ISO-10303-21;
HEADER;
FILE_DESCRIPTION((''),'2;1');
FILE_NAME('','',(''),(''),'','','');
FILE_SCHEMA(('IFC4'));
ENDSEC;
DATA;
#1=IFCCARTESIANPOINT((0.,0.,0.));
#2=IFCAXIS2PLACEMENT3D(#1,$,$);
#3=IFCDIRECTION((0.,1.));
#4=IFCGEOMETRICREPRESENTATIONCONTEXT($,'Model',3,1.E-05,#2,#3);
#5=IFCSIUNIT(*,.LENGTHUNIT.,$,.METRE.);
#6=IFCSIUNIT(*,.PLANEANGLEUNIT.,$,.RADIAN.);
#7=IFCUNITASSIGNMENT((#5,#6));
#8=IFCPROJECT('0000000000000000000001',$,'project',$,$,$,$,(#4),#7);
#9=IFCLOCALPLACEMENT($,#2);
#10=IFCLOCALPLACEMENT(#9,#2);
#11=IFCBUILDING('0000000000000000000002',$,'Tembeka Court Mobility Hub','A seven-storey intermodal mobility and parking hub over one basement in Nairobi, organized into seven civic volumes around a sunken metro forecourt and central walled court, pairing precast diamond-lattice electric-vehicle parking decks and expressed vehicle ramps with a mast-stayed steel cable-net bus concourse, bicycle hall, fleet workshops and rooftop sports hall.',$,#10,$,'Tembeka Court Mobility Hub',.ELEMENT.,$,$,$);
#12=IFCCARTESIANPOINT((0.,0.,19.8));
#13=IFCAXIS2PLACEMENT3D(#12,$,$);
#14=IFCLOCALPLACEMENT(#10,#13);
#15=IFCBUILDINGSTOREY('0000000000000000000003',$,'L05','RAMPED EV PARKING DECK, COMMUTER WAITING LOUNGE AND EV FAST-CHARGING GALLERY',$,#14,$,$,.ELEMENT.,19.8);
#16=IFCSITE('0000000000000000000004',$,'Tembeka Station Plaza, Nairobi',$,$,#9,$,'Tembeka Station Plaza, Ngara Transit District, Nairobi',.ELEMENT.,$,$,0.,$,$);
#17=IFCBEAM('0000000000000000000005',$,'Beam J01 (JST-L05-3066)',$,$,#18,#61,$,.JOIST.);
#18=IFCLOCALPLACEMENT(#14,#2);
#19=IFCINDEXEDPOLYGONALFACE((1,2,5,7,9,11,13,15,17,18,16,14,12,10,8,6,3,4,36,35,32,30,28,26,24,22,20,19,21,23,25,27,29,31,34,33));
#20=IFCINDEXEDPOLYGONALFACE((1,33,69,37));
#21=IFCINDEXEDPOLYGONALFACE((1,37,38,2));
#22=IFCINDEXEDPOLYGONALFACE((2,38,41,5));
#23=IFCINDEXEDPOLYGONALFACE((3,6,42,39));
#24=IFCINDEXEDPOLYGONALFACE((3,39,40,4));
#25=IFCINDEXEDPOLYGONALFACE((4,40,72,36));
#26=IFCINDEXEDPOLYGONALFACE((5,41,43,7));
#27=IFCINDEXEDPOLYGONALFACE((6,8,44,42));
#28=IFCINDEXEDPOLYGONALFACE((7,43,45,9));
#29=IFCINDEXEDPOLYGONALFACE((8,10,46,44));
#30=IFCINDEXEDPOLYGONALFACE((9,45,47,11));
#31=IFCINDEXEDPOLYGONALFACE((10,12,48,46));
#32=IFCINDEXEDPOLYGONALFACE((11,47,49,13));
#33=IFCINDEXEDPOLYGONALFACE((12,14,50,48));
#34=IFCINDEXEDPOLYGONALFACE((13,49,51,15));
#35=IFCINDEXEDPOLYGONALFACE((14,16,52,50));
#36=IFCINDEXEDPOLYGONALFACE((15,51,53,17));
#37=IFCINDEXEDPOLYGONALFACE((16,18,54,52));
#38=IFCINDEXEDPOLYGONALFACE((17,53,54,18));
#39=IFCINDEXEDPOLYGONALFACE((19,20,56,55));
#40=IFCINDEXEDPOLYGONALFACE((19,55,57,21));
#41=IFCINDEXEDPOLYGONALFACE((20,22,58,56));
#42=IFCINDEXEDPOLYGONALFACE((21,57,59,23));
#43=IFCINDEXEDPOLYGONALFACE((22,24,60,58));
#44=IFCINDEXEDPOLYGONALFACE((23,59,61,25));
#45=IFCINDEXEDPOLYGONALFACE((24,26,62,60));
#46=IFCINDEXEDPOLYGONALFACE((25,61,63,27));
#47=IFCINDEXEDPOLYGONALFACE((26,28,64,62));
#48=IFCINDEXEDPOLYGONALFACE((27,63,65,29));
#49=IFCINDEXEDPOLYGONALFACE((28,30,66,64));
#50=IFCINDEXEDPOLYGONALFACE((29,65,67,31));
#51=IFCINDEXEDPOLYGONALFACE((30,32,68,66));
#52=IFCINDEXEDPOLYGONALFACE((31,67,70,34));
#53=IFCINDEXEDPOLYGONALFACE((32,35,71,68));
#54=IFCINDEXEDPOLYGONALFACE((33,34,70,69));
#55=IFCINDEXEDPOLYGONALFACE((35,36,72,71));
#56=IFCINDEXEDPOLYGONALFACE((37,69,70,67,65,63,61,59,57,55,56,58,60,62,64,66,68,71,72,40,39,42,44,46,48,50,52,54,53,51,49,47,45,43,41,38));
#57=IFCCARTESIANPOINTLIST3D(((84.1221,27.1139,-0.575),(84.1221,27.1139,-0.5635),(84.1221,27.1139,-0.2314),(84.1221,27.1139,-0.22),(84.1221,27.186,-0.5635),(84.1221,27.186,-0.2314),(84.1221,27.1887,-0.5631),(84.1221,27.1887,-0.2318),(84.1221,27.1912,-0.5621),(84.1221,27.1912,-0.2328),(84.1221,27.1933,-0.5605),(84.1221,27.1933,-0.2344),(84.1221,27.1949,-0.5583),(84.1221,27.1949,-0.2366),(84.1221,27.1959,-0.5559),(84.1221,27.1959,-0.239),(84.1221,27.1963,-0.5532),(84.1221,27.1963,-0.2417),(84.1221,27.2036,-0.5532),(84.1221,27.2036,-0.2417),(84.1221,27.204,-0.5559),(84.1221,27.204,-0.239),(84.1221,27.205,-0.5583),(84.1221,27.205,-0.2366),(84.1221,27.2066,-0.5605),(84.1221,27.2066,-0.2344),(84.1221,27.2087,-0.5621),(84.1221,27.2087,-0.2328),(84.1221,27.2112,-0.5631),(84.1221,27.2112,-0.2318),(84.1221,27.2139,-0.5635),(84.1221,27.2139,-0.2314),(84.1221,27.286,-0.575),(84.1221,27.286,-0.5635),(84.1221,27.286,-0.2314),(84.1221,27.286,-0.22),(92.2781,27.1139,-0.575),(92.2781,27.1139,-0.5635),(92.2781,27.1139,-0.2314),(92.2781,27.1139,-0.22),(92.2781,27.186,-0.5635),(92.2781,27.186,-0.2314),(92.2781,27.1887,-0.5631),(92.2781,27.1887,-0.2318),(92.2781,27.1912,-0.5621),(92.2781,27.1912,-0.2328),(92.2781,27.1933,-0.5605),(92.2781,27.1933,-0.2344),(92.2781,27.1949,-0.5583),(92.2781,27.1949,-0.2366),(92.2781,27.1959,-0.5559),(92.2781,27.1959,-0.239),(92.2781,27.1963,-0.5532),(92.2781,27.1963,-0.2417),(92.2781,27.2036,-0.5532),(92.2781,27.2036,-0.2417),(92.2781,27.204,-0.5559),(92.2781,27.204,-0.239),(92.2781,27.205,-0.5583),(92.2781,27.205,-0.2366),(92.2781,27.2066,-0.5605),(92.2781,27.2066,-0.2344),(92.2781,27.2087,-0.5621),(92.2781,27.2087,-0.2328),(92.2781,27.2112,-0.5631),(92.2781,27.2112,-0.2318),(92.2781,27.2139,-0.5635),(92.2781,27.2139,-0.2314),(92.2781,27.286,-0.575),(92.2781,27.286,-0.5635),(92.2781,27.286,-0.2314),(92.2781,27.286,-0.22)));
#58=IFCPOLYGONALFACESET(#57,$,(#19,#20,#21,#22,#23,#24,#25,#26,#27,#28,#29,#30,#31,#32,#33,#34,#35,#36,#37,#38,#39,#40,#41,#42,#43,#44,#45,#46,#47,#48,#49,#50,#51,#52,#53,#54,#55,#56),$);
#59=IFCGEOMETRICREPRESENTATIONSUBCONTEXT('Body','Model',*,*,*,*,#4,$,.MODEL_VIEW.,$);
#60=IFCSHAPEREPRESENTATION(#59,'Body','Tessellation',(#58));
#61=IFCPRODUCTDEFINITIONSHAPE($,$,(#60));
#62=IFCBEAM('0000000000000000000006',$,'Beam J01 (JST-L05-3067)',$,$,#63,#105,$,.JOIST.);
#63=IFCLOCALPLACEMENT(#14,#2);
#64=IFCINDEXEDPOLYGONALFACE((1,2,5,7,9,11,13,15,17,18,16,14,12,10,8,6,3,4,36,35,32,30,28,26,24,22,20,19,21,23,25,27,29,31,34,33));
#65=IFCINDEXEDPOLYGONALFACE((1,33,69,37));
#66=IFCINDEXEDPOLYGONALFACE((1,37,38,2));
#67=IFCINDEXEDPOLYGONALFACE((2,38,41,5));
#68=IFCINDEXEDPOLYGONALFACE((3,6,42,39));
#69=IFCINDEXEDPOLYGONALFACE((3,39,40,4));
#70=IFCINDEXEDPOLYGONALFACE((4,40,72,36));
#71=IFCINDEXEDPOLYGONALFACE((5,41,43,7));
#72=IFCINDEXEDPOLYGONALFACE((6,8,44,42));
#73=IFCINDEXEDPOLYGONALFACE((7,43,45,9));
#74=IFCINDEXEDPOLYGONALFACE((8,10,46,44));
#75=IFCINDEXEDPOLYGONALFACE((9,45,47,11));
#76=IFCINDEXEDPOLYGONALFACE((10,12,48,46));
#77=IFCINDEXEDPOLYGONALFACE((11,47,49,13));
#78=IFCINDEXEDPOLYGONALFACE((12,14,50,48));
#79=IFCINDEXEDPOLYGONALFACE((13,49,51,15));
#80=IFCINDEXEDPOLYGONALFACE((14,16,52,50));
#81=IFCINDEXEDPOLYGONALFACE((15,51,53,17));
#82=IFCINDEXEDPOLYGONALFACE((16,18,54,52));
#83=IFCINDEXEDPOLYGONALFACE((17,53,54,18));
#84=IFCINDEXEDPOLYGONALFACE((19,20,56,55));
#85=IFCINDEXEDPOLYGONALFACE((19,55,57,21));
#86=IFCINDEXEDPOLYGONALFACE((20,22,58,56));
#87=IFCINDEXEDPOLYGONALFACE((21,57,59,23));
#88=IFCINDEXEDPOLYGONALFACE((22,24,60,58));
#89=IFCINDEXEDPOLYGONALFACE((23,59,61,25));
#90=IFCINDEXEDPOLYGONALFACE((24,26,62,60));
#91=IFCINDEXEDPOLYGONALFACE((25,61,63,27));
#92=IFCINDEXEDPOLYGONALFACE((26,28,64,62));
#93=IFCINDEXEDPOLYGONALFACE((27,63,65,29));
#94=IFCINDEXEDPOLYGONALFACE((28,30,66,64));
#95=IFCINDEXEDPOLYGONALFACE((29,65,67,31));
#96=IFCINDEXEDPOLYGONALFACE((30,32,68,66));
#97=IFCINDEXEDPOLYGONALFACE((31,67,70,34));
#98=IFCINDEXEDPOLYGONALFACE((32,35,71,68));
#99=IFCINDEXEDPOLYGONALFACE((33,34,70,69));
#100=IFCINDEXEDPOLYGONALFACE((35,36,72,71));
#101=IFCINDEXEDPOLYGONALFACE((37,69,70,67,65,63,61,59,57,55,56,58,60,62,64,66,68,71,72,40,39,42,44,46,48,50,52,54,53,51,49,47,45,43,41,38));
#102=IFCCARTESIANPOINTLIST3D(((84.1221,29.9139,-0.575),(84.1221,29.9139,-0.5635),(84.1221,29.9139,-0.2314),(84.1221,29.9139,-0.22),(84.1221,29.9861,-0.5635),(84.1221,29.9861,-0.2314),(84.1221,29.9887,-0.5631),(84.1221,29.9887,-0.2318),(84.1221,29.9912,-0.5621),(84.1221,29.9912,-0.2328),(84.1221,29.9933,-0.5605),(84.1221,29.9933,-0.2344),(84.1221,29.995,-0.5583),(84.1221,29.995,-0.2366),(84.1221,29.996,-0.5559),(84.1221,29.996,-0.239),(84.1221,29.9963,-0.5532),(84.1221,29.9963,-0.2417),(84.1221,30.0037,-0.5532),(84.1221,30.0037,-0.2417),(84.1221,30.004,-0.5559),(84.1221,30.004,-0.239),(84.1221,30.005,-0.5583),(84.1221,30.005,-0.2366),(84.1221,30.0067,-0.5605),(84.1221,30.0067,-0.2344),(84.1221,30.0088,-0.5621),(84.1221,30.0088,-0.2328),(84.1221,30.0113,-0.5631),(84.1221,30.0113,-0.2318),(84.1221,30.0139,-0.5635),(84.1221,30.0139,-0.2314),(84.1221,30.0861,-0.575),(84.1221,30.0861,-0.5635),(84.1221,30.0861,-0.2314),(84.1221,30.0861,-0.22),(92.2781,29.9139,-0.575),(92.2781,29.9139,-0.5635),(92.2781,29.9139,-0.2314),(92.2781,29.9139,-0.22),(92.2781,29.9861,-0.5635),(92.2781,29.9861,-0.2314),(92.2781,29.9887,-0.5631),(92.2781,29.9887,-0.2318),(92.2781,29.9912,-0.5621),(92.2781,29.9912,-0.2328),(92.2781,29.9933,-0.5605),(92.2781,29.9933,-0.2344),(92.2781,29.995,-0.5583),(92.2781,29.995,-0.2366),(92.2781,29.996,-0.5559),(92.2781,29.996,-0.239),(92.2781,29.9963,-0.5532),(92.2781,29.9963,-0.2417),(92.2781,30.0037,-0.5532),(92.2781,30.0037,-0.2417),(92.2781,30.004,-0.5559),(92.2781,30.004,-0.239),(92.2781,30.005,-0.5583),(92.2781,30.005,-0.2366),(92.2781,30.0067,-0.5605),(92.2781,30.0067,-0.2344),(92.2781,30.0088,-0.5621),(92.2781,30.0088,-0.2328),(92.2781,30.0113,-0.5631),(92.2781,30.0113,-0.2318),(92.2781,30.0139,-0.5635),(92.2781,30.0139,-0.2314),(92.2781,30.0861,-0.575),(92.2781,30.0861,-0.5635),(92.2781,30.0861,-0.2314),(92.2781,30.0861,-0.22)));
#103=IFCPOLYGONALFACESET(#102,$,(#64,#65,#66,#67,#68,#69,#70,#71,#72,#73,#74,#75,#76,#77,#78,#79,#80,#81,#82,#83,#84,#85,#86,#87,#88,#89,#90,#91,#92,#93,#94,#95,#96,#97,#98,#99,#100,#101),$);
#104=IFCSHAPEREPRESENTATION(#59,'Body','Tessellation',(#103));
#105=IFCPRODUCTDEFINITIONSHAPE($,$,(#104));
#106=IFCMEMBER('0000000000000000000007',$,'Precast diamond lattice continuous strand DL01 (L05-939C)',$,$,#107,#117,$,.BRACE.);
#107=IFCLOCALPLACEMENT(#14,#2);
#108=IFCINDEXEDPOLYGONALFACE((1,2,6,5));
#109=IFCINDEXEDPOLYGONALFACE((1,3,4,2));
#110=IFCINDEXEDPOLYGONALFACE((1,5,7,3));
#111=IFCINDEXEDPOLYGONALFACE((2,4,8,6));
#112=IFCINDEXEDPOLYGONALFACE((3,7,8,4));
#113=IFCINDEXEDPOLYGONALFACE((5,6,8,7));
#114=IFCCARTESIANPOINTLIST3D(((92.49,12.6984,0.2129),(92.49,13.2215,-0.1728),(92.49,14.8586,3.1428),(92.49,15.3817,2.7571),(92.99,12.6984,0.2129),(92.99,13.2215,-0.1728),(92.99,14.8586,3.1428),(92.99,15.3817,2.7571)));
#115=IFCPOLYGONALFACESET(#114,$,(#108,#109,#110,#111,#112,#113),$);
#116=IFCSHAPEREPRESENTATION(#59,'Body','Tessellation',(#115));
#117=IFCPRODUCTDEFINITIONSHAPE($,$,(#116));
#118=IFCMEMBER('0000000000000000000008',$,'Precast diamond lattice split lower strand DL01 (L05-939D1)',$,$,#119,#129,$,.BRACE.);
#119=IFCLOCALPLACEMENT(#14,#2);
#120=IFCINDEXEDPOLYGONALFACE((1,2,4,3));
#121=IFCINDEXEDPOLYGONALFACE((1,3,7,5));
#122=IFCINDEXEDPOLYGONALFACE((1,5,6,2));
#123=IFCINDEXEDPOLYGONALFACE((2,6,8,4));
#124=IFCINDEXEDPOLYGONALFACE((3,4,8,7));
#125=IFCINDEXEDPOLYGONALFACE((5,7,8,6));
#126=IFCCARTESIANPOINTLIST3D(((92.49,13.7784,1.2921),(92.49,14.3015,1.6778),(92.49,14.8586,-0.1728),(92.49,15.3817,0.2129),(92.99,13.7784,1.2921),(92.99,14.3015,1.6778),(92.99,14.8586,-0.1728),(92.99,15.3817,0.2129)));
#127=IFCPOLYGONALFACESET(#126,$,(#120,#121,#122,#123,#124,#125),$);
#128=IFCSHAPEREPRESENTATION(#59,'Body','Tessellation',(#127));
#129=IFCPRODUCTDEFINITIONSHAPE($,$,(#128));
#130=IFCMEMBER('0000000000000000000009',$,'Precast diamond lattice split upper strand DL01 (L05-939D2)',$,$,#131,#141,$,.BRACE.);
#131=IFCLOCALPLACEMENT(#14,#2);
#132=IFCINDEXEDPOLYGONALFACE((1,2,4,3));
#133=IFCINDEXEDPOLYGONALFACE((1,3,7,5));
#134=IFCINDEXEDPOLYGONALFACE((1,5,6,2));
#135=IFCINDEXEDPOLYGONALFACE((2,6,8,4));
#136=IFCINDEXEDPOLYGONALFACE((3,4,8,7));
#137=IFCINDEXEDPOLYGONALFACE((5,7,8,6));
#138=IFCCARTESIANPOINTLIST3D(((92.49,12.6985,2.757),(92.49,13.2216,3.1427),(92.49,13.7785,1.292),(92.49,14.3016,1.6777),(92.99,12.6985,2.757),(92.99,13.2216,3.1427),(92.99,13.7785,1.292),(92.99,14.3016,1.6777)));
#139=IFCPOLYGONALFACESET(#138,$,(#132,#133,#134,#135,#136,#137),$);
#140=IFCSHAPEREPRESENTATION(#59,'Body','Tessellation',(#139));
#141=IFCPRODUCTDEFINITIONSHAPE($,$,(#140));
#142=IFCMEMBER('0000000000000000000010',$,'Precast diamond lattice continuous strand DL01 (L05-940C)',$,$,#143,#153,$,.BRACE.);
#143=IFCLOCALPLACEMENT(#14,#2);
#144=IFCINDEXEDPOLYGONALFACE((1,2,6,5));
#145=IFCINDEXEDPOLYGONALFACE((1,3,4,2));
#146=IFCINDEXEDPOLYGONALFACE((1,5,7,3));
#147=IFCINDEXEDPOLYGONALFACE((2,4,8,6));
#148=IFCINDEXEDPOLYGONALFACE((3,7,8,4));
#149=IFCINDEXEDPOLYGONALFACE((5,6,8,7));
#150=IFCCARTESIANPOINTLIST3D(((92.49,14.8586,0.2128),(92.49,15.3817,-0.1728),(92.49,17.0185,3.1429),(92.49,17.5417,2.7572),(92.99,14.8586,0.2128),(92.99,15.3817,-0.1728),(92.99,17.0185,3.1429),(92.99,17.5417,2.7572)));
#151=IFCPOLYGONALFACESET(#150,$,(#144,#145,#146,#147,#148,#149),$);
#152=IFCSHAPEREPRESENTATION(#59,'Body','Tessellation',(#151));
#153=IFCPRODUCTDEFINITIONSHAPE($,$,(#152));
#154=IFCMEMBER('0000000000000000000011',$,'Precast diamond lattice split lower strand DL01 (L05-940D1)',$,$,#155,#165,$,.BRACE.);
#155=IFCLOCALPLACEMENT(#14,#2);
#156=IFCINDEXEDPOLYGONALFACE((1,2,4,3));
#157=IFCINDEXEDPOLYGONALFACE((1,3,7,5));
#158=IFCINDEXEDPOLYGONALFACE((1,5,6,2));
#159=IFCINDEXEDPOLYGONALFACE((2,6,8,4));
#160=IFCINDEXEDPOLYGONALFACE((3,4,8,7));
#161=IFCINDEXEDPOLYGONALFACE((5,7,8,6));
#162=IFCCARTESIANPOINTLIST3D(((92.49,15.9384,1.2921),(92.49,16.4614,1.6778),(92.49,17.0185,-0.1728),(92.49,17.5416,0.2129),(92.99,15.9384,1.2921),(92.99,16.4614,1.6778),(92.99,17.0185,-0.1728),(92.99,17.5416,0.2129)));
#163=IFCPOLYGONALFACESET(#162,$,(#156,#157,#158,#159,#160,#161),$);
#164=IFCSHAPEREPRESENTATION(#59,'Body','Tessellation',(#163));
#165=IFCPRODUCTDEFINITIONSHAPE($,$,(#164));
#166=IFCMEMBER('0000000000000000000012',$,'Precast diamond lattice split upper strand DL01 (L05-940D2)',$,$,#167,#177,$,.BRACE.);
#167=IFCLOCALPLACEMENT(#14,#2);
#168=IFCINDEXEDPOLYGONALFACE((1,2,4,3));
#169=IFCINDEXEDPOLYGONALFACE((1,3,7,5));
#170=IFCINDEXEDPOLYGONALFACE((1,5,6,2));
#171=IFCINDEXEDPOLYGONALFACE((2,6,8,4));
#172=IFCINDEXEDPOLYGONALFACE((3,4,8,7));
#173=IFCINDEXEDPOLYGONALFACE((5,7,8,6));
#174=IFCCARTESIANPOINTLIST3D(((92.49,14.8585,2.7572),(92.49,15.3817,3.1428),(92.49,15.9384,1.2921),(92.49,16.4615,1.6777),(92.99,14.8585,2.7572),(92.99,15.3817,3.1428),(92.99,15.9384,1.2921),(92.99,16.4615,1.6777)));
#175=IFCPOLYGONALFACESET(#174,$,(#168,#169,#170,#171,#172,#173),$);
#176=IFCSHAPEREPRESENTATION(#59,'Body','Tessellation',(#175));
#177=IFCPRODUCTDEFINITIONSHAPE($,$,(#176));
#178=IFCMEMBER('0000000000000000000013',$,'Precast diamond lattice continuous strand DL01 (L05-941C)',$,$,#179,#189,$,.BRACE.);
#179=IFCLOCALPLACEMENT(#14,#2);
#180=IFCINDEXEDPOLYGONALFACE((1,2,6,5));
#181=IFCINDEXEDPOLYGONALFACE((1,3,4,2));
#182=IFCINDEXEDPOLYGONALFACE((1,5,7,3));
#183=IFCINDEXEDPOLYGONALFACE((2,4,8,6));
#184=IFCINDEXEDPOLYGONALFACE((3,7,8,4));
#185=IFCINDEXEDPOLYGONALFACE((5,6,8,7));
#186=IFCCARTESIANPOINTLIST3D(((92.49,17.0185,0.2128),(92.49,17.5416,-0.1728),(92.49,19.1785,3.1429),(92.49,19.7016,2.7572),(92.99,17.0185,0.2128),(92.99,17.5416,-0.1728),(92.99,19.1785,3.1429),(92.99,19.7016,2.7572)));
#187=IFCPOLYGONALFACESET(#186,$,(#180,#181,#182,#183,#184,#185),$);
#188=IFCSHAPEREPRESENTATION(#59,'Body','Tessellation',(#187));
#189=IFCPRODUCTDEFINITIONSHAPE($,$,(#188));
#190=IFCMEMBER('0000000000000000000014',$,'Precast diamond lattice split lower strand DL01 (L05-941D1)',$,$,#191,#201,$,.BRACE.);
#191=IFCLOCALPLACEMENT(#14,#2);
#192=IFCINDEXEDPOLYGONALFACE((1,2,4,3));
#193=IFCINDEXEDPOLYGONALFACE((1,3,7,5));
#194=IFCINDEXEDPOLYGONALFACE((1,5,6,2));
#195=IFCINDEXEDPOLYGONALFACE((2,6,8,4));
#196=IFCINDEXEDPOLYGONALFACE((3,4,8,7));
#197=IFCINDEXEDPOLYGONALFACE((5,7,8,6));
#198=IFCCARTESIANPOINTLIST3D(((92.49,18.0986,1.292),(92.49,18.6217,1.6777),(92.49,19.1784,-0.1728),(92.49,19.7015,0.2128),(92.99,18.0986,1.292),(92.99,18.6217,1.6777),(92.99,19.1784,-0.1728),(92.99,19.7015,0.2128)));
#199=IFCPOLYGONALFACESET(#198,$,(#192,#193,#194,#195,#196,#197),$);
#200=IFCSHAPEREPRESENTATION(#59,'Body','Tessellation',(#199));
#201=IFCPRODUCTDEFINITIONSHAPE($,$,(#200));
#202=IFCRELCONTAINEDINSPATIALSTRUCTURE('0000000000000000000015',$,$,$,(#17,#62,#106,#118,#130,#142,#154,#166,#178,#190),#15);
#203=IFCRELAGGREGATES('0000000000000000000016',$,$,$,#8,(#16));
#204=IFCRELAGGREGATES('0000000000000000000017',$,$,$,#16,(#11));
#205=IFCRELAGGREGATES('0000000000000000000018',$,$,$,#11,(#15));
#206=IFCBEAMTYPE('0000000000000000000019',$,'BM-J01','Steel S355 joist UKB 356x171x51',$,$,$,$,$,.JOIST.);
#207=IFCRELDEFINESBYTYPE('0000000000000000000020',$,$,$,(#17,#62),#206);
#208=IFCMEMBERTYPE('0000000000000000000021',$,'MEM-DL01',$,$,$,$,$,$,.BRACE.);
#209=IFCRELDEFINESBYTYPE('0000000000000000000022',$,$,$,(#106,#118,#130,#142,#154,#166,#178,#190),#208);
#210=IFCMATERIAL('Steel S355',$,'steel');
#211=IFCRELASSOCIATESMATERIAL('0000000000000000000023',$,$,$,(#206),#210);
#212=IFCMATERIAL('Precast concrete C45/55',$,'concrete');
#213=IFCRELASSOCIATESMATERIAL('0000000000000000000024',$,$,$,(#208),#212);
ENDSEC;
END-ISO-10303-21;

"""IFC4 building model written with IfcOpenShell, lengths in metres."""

from ifc_helpers import new_model, si_unit, direction, frame, origin, origin_2d, place, context, subcontext, project, spatial, rectangle, i_section, extrude, material, material_profile, profile_set, type_object, element, save


model = new_model("IFC4")

# Units and contexts
model_context = context("Model", 3, precision=1e-05, world=origin(), true_north=direction((0.0, 1.0)))
body_context = subcontext(model_context, "Body", "Model", "MODEL_VIEW")
ifc_project = project(units=[si_unit("LENGTHUNIT", "METRE"), si_unit("PLANEANGLEUNIT", "RADIAN")], contexts=[model_context])

# Site, building, storey
site_placement = place(None, origin())
site = spatial("IfcSite", under=ifc_project, at=site_placement, Name="Tembeka Station Plaza, Nairobi", LongName="Tembeka Station Plaza, Ngara Transit District, Nairobi", CompositionType="ELEMENT", RefElevation=0.0)
building_placement = place(site_placement, origin())
building = spatial("IfcBuilding", under=site, at=building_placement, Name="Tembeka Court Mobility Hub", Description="A seven-storey intermodal mobility and parking hub over one basement in Nairobi, organized into seven civic volumes around a sunken metro forecourt and central walled court, pairing precast diamond-lattice electric-vehicle parking decks and expressed vehicle ramps with a mast-stayed steel cable-net bus concourse, bicycle hall, fleet workshops and rooftop sports hall.", LongName="Tembeka Court Mobility Hub", CompositionType="ELEMENT")
storey_placement = place(building_placement, frame((0.0, 0.0, 19.8)))
storey = spatial("IfcBuildingStorey", under=building, at=storey_placement, Name="L05", Description="RAMPED EV PARKING DECK, COMMUTER WAITING LOUNGE AND EV FAST-CHARGING GALLERY", CompositionType="ELEMENT", Elevation=19.8)

# Shared definitions
ifc_material_1 = material(Name="Steel S355", Category="steel")

# Beams
ifc_material_profile_1 = material_profile(ifc_material_1, i_section(OverallWidth=0.1721, OverallDepth=0.355, WebThickness=0.0073, FlangeThickness=0.0115, FilletRadius=0.0103, at=origin_2d()), Name="UKB 356x171x51")
ifc_profile_set_1 = profile_set([ifc_material_profile_1], Name="Steel S355")
beam_type_1 = type_object("IfcBeamType", Name="BM-J01", Description="Steel S355 joist UKB 356x171x51", PredefinedType="JOIST", material=ifc_profile_set_1)
for number, where, z_axis, x_axis, name in (
    (1, (84.1221, 27.2, -0.3975), (1.0, 0.0, 0.0), (0.0, 1.0, 0.0), "Beam J01 (JST-L05-3066)"),
    (2, (84.1221, 30.0, -0.3975), (1.0, 0.0, 0.0), (0.0, 1.0, 0.0), "Beam J01 (JST-L05-3067)"),
):
    element("IfcBeam", number, at=place(storey_placement, frame(where, z_axis=z_axis, x_axis=x_axis)), inside=storey, type_object=beam_type_1, Name=name, PredefinedType="JOIST", context=body_context, shape_type="SweptSolid", body=[
        extrude(i_section(OverallWidth=0.1721, OverallDepth=0.355, WebThickness=0.0073, FlangeThickness=0.0115, FilletRadius=0.0103, at=origin_2d()), origin(), (0.0, 0.0, 1.0), 8.156),
    ])

# Members
ifc_material_2 = material(Name="Precast concrete C45/55", Category="concrete")
ifc_material_profile_2 = material_profile(ifc_material_2, rectangle(XDim=0.5, YDim=0.6499, at=origin_2d()), Name="PC-DIAG 500x650")
ifc_profile_set_2 = profile_set([ifc_material_profile_2], Name="Precast concrete C45/55")
member_type_1 = type_object("IfcMemberType", Name="MEM-DL01", PredefinedType="BRACE", material=ifc_profile_set_2)
member_1_placement = place(storey_placement, frame((92.74, 12.96, 0.02), z_axis=(0.0, 0.593423, 0.804891), x_axis=(-1.0, 0.0, 0.0)))
element("IfcMember", 3, at=member_1_placement, inside=storey, type_object=member_type_1, Name="Precast diamond lattice continuous strand DL01 (L05-939C)", PredefinedType="BRACE", context=body_context, shape_type="SweptSolid", body=[
    extrude(rectangle(XDim=0.5, YDim=0.6499, at=origin_2d()), origin(), (0.0, 0.0, 1.0), 3.6401),
])
for number, where, z_axis, x_axis, name in (
    (4, (92.74, 15.1201, 0.02), (0.0, -0.593455, 0.804867), (1.0, 0.0, 0.0), "Precast diamond lattice split lower strand DL01 (L05-939D1)"),
    (5, (92.74, 14.04, 1.4849), (0.0, -0.593391, 0.804914), (1.0, 0.0, 0.0), "Precast diamond lattice split upper strand DL01 (L05-939D2)"),
):
    element("IfcMember", number, at=place(storey_placement, frame(where, z_axis=z_axis, x_axis=x_axis)), inside=storey, type_object=member_type_1, Name=name, PredefinedType="BRACE", context=body_context, shape_type="SweptSolid", body=[
        extrude(rectangle(XDim=0.5, YDim=0.6499, at=origin_2d()), origin(), (0.0, 0.0, 1.0), 1.8201),
    ])
member_2_placement = place(storey_placement, frame((92.74, 15.1201, 0.02), z_axis=(0.0, 0.59338, 0.804923), x_axis=(-1.0, 0.0, 0.0)))
element("IfcMember", 6, at=member_2_placement, inside=storey, type_object=member_type_1, Name="Precast diamond lattice continuous strand DL01 (L05-940C)", PredefinedType="BRACE", context=body_context, shape_type="SweptSolid", body=[
    extrude(rectangle(XDim=0.5, YDim=0.6499, at=origin_2d()), origin(), (0.0, 0.0, 1.0), 3.6401),
])
for number, where, z_axis, x_axis, name in (
    (7, (92.74, 17.28, 0.02), (0.0, -0.593455, 0.804867), (1.0, 0.0, 0.0), "Precast diamond lattice split lower strand DL01 (L05-940D1)"),
    (8, (92.74, 16.2, 1.4849), (0.0, -0.593304, 0.804978), (1.0, 0.0, 0.0), "Precast diamond lattice split upper strand DL01 (L05-940D2)"),
):
    element("IfcMember", number, at=place(storey_placement, frame(where, z_axis=z_axis, x_axis=x_axis)), inside=storey, type_object=member_type_1, Name=name, PredefinedType="BRACE", context=body_context, shape_type="SweptSolid", body=[
        extrude(rectangle(XDim=0.5, YDim=0.6499, at=origin_2d()), origin(), (0.0, 0.0, 1.0), 1.8201),
    ])
member_3_placement = place(storey_placement, frame((92.74, 17.28, 0.02), z_axis=(0.0, 0.59338, 0.804923), x_axis=(-1.0, 0.0, 0.0)))
element("IfcMember", 9, at=member_3_placement, inside=storey, type_object=member_type_1, Name="Precast diamond lattice continuous strand DL01 (L05-941C)", PredefinedType="BRACE", context=body_context, shape_type="SweptSolid", body=[
    extrude(rectangle(XDim=0.5, YDim=0.6499, at=origin_2d()), origin(), (0.0, 0.0, 1.0), 3.6401),
])
member_4_placement = place(storey_placement, frame((92.74, 19.4399, 0.02), z_axis=(0.0, -0.593368, 0.804931), x_axis=(1.0, 0.0, 0.0)))
element("IfcMember", 10, at=member_4_placement, inside=storey, type_object=member_type_1, Name="Precast diamond lattice split lower strand DL01 (L05-941D1)", PredefinedType="BRACE", context=body_context, shape_type="SweptSolid", body=[
    extrude(rectangle(XDim=0.5, YDim=0.6499, at=origin_2d()), origin(), (0.0, 0.0, 1.0), 1.8198),
])

save(model, "model.ifc")
